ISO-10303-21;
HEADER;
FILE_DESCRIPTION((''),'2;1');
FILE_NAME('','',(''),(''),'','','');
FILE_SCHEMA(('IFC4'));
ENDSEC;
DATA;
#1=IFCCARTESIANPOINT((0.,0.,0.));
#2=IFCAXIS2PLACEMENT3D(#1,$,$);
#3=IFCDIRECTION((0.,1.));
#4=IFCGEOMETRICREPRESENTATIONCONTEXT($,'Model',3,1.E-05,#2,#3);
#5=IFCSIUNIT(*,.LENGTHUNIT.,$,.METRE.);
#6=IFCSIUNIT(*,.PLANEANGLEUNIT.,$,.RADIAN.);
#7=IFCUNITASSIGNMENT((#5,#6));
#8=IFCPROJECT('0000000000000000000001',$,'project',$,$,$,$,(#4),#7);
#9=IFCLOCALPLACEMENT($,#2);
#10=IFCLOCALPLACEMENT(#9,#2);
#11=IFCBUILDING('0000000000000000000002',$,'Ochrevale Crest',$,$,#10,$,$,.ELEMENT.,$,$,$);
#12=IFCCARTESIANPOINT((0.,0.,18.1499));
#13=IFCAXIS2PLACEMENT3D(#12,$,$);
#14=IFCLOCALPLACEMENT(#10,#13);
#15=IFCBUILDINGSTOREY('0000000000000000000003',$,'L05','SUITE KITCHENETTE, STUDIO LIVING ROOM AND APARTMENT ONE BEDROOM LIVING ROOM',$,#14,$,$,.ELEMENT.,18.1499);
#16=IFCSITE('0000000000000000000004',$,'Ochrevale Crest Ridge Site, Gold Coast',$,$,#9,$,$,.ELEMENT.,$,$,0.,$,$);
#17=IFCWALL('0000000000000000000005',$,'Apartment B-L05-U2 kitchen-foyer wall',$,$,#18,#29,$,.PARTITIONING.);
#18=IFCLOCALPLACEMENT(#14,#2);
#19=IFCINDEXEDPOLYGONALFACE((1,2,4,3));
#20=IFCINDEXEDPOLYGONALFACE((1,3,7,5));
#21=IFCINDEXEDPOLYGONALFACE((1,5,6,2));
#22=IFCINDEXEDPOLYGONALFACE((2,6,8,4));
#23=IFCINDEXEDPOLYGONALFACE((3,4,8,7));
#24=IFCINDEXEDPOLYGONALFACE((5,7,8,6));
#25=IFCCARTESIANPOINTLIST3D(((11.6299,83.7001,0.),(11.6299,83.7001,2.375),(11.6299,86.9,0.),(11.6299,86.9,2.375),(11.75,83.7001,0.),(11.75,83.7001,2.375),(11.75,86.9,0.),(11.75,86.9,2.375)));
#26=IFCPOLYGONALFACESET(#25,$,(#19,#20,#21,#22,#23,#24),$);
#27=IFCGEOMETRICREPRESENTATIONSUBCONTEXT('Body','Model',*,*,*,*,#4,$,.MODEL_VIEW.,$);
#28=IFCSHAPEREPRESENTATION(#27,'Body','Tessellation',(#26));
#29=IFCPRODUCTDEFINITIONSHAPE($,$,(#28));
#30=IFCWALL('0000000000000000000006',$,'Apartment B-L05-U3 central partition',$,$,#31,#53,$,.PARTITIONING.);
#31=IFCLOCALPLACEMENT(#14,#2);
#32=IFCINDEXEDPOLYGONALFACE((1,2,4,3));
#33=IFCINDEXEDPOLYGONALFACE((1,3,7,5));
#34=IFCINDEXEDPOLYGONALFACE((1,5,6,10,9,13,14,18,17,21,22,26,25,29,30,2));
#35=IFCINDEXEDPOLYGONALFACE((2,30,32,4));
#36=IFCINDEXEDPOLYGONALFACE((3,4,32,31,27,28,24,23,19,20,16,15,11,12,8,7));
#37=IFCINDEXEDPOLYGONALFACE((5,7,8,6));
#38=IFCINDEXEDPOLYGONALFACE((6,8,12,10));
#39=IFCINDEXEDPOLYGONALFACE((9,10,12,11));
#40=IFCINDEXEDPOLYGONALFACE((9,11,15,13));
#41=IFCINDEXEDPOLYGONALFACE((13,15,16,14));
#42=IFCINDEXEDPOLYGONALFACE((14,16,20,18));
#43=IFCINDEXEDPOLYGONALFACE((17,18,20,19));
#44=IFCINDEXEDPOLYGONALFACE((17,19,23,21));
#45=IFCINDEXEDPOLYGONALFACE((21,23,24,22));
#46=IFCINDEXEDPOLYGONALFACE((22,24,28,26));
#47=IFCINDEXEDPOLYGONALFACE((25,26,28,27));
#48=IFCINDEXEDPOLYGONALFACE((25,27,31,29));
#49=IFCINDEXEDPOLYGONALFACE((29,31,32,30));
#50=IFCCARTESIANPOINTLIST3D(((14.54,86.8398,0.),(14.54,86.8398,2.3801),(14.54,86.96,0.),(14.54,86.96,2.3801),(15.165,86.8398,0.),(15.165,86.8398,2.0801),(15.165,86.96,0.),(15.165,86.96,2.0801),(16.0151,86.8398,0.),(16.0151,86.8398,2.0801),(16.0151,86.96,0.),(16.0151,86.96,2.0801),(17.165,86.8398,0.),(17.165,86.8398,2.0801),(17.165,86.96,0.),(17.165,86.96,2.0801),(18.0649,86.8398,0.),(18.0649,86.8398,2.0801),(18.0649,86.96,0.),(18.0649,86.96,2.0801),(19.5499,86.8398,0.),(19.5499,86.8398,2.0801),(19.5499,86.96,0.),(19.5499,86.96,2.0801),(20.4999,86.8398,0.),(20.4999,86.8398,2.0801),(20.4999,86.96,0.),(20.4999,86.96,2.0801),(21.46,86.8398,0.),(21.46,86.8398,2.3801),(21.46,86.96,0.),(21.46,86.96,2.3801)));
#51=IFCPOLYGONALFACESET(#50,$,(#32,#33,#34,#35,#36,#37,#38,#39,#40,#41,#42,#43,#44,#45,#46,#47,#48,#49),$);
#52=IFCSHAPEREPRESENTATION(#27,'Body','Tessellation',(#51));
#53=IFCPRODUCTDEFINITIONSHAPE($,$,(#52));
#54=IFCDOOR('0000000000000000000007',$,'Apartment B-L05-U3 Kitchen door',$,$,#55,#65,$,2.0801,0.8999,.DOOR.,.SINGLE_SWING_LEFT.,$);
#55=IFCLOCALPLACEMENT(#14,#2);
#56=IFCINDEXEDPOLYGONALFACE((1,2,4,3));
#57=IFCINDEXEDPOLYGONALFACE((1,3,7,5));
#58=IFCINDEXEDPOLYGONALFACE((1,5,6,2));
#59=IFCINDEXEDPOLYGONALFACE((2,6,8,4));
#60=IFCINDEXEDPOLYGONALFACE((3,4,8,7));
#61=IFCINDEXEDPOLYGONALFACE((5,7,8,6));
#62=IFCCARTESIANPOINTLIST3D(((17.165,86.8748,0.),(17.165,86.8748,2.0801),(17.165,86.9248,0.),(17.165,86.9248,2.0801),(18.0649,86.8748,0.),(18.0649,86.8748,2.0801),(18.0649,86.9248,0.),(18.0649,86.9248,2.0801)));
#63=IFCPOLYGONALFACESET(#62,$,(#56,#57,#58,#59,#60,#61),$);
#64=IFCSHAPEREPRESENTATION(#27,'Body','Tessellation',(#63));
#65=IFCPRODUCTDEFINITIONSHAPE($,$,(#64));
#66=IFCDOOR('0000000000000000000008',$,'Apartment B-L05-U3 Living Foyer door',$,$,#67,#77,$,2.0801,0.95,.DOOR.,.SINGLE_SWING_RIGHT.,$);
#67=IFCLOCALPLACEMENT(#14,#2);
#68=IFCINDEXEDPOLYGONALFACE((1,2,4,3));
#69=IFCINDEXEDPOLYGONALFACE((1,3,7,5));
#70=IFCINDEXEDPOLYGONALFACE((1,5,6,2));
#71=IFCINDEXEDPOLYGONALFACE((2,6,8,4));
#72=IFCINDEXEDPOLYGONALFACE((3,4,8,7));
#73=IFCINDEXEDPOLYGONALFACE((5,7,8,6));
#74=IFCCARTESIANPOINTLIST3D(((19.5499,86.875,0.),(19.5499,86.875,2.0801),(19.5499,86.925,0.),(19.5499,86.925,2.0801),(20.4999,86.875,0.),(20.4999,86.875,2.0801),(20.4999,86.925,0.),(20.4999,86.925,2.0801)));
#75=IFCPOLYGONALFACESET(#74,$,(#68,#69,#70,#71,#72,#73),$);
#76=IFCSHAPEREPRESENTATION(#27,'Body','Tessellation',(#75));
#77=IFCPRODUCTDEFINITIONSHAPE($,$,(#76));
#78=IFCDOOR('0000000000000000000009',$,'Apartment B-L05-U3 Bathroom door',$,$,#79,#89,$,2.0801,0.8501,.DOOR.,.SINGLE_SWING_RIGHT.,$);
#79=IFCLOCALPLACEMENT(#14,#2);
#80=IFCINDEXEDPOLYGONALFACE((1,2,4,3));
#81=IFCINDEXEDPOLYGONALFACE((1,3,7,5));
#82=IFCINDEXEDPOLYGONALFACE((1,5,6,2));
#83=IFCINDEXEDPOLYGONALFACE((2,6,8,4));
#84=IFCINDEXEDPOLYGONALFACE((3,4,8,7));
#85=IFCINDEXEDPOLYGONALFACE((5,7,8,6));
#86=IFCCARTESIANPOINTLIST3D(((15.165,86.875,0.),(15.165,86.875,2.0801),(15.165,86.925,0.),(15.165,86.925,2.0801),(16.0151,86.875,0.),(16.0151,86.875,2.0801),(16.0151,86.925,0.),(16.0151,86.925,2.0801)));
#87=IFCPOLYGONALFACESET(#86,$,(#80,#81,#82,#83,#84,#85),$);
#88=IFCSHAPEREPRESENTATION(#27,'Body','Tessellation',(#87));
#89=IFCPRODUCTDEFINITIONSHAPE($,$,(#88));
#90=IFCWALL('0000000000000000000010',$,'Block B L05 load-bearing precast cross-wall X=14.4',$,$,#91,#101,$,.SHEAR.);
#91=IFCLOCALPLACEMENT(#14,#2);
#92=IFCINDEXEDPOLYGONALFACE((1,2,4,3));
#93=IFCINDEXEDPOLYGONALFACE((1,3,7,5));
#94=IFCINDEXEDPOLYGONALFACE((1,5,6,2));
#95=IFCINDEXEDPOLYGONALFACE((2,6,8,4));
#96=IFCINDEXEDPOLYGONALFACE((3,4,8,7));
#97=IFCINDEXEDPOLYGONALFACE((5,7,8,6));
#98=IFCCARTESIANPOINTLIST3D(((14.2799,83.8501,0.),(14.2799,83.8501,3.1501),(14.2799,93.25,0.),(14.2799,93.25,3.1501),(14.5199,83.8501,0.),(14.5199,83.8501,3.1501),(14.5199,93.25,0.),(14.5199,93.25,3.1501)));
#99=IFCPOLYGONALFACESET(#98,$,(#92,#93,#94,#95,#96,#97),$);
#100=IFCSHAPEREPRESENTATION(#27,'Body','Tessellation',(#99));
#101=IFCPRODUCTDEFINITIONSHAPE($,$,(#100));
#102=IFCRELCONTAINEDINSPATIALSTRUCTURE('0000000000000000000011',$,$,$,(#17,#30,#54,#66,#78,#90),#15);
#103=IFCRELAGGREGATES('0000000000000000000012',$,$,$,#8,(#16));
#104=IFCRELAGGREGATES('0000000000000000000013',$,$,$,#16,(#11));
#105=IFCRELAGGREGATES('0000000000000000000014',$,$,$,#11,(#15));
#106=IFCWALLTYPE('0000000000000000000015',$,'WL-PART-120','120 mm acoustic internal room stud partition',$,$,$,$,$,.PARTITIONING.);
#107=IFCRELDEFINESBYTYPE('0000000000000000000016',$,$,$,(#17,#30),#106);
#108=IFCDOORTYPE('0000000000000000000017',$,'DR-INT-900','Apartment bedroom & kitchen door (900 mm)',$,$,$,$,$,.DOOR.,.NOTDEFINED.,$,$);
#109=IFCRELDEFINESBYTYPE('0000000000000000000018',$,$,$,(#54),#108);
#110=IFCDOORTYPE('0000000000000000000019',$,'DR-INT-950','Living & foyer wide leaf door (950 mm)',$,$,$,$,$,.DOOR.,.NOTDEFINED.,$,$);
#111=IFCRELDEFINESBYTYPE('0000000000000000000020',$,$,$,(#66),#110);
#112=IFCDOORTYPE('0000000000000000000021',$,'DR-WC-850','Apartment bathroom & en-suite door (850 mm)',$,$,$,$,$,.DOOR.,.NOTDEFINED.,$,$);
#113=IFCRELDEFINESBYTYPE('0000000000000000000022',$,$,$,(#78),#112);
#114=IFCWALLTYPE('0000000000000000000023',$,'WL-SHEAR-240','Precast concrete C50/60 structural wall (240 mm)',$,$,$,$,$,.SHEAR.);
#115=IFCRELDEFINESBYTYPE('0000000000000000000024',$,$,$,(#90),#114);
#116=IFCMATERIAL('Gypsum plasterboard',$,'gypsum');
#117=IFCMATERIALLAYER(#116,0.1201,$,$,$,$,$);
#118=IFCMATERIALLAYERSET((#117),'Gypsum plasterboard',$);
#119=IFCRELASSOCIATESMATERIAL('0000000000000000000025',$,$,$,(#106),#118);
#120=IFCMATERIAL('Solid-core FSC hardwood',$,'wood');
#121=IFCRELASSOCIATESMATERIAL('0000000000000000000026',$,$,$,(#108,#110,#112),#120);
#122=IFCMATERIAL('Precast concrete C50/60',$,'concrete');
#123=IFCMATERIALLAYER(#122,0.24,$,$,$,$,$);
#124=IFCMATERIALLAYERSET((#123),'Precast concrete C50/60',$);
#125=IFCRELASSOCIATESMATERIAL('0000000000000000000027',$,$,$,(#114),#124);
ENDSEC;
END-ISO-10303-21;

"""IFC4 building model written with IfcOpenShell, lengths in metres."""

from ifc_helpers import new_model, si_unit, direction, frame, frame_2d, origin, place, context, subcontext, project, spatial, rectangle, extrude, material, layer, layer_set, type_object, element, fill, save


model = new_model("IFC4")

# Units and contexts
model_context = context("Model", 3, precision=1e-05, world=origin(), true_north=direction((0.0, 1.0)))
body_context = subcontext(model_context, "Body", "Model", "MODEL_VIEW")
ifc_project = project(units=[si_unit("LENGTHUNIT", "METRE"), si_unit("PLANEANGLEUNIT", "RADIAN")], contexts=[model_context])

# Site, building, storey
site_placement = place(None, origin())
site = spatial("IfcSite", under=ifc_project, at=site_placement, Name="Ochrevale Crest Ridge Site, Gold Coast", CompositionType="ELEMENT", RefElevation=0.0)
building_placement = place(site_placement, origin())
building = spatial("IfcBuilding", under=site, at=building_placement, Name="Ochrevale Crest", CompositionType="ELEMENT")
storey_placement = place(building_placement, frame((0.0, 0.0, 18.1499)))
storey = spatial("IfcBuildingStorey", under=building, at=storey_placement, Name="L05", Description="SUITE KITCHENETTE, STUDIO LIVING ROOM AND APARTMENT ONE BEDROOM LIVING ROOM", CompositionType="ELEMENT", Elevation=18.1499)

# Shared definitions
ifc_material_1 = material(Name="Precast concrete C50/60", Category="concrete")

# Shared definitions
ifc_material_2 = material(Name="Gypsum plasterboard", Category="gypsum")
ifc_material_3 = material(Name="Solid-core FSC hardwood", Category="wood")

# Wall
ifc_layer_1 = layer(ifc_material_2, 0.1201)
ifc_layer_set_1 = layer_set([ifc_layer_1], Name="Gypsum plasterboard")
wall_type_1 = type_object("IfcWallType", Name="WL-PART-120", Description="120 mm acoustic internal room stud partition", PredefinedType="PARTITIONING", material=ifc_layer_set_1)
wall_1_placement = place(storey_placement, frame((11.6899, 83.7, 0.0), z_axis=(0.0, 0.0, 1.0), x_axis=(0.0, 1.0, 0.0)))
element("IfcWall", 1, at=wall_1_placement, inside=storey, type_object=wall_type_1, Name="Apartment B-L05-U2 kitchen-foyer wall", PredefinedType="PARTITIONING", context=body_context, shape_type="SweptSolid", body=[
    extrude(rectangle(XDim=3.2, YDim=0.1201, at=frame_2d((1.6001, 0.0))), origin(), (0.0, 0.0, 1.0), 2.375),
])

# Wall, openings, doors
wall_2_placement = place(storey_placement, frame((14.54, 86.8999, 0.0), z_axis=(0.0, 0.0, 1.0), x_axis=(1.0, 0.0, 0.0)))
wall_2 = element("IfcWall", 2, at=wall_2_placement, inside=storey, type_object=wall_type_1, Name="Apartment B-L05-U3 central partition", PredefinedType="PARTITIONING", context=body_context, shape_type="SweptSolid", body=[
    extrude(rectangle(XDim=6.9199, YDim=0.1201, at=frame_2d((3.46, 0.0))), origin(), (0.0, 0.0, 1.0), 2.3801),
])
opening_1_placement = place(wall_2_placement, frame((1.4751, 0.0, 0.0), z_axis=(0.0, 0.0, 1.0), x_axis=(-1.0, 0.0, 0.0)))
opening_1 = element("IfcOpeningElement", 3, at=opening_1_placement, cuts=wall_2, PredefinedType="OPENING", context=body_context, shape_type="SweptSolid", body=[
    extrude(rectangle(XDim=0.8501, YDim=2.0801, at=frame_2d((0.425, 1.04))), frame((0.0, 0.0701, 0.0), z_axis=(0.0, -1.0, 0.0), x_axis=(1.0, 0.0, 0.0)), (0.0, 0.0, 1.0), 0.1401),
])
opening_2_placement = place(wall_2_placement, frame((2.625, 0.0, 0.0)))
opening_2 = element("IfcOpeningElement", 4, at=opening_2_placement, cuts=wall_2, PredefinedType="OPENING", context=body_context, shape_type="SweptSolid", body=[
    extrude(rectangle(XDim=0.8999, YDim=2.0801, at=frame_2d((0.45, 1.04))), frame((0.0, 0.0701, 0.0), z_axis=(0.0, -1.0, 0.0), x_axis=(1.0, 0.0, 0.0)), (0.0, 0.0, 1.0), 0.1401),
])
opening_3_placement = place(wall_2_placement, frame((5.96, 0.0, 0.0), z_axis=(0.0, 0.0, 1.0), x_axis=(-1.0, 0.0, 0.0)))
opening_3 = element("IfcOpeningElement", 5, at=opening_3_placement, cuts=wall_2, PredefinedType="OPENING", context=body_context, shape_type="SweptSolid", body=[
    extrude(rectangle(XDim=0.95, YDim=2.0801, at=frame_2d((0.4751, 1.04))), frame((0.0, 0.0701, 0.0), z_axis=(0.0, -1.0, 0.0), x_axis=(1.0, 0.0, 0.0)), (0.0, 0.0, 1.0), 0.1401),
])
door_type_1 = type_object("IfcDoorType", Name="DR-INT-900", Description="Apartment bedroom & kitchen door (900 mm)", OperationType="NOTDEFINED", PredefinedType="DOOR", material=ifc_material_3)
door_1_placement = place(opening_2_placement, origin())
door_1 = element("IfcDoor", 6, at=door_1_placement, inside=storey, type_object=door_type_1, Name="Apartment B-L05-U3 Kitchen door", OperationType="SINGLE_SWING_LEFT", OverallHeight=2.0801, OverallWidth=0.8999, PredefinedType="DOOR", context=body_context, shape_type="SweptSolid", body=[
    extrude(rectangle(XDim=0.8999, YDim=2.0801, at=frame_2d((0.45, 1.04))), frame((0.0, 0.0249, 0.0), z_axis=(0.0, -1.0, 0.0), x_axis=(1.0, 0.0, 0.0)), (0.0, 0.0, 1.0), 0.05),
])
fill(opening_2, door_1)
door_type_2 = type_object("IfcDoorType", Name="DR-INT-950", Description="Living & foyer wide leaf door (950 mm)", OperationType="NOTDEFINED", PredefinedType="DOOR", material=ifc_material_3)
door_2_placement = place(opening_3_placement, origin())
door_2 = element("IfcDoor", 7, at=door_2_placement, inside=storey, type_object=door_type_2, Name="Apartment B-L05-U3 Living Foyer door", OperationType="SINGLE_SWING_RIGHT", OverallHeight=2.0801, OverallWidth=0.95, PredefinedType="DOOR", context=body_context, shape_type="SweptSolid", body=[
    extrude(rectangle(XDim=0.95, YDim=2.0801, at=frame_2d((0.4751, 1.04))), frame((0.0, 0.0249, 0.0), z_axis=(0.0, -1.0, 0.0), x_axis=(1.0, 0.0, 0.0)), (0.0, 0.0, 1.0), 0.05),
])
fill(opening_3, door_2)
door_type_3 = type_object("IfcDoorType", Name="DR-WC-850", Description="Apartment bathroom & en-suite door (850 mm)", OperationType="NOTDEFINED", PredefinedType="DOOR", material=ifc_material_3)
door_3_placement = place(opening_1_placement, origin())
door_3 = element("IfcDoor", 8, at=door_3_placement, inside=storey, type_object=door_type_3, Name="Apartment B-L05-U3 Bathroom door", OperationType="SINGLE_SWING_RIGHT", OverallHeight=2.0801, OverallWidth=0.8501, PredefinedType="DOOR", context=body_context, shape_type="SweptSolid", body=[
    extrude(rectangle(XDim=0.8501, YDim=2.0801, at=frame_2d((0.425, 1.04))), frame((0.0, 0.0249, 0.0), z_axis=(0.0, -1.0, 0.0), x_axis=(1.0, 0.0, 0.0)), (0.0, 0.0, 1.0), 0.05),
])
fill(opening_1, door_3)

# Wall
ifc_layer_2 = layer(ifc_material_1, 0.24)
ifc_layer_set_2 = layer_set([ifc_layer_2], Name="Precast concrete C50/60")
wall_type_2 = type_object("IfcWallType", Name="WL-SHEAR-240", Description="Precast concrete C50/60 structural wall (240 mm)", PredefinedType="SHEAR", material=ifc_layer_set_2)
wall_3_placement = place(storey_placement, frame((14.3999, 83.8501, 0.0), z_axis=(0.0, 0.0, 1.0), x_axis=(0.0, 1.0, 0.0)))
element("IfcWall", 9, at=wall_3_placement, inside=storey, type_object=wall_type_2, Name="Block B L05 load-bearing precast cross-wall X=14.4", PredefinedType="SHEAR", context=body_context, shape_type="SweptSolid", body=[
    extrude(rectangle(XDim=9.3999, YDim=0.24, at=frame_2d((4.7, 0.0))), origin(), (0.0, 0.0, 1.0), 3.1501),
])

save(model, "model.ifc")
